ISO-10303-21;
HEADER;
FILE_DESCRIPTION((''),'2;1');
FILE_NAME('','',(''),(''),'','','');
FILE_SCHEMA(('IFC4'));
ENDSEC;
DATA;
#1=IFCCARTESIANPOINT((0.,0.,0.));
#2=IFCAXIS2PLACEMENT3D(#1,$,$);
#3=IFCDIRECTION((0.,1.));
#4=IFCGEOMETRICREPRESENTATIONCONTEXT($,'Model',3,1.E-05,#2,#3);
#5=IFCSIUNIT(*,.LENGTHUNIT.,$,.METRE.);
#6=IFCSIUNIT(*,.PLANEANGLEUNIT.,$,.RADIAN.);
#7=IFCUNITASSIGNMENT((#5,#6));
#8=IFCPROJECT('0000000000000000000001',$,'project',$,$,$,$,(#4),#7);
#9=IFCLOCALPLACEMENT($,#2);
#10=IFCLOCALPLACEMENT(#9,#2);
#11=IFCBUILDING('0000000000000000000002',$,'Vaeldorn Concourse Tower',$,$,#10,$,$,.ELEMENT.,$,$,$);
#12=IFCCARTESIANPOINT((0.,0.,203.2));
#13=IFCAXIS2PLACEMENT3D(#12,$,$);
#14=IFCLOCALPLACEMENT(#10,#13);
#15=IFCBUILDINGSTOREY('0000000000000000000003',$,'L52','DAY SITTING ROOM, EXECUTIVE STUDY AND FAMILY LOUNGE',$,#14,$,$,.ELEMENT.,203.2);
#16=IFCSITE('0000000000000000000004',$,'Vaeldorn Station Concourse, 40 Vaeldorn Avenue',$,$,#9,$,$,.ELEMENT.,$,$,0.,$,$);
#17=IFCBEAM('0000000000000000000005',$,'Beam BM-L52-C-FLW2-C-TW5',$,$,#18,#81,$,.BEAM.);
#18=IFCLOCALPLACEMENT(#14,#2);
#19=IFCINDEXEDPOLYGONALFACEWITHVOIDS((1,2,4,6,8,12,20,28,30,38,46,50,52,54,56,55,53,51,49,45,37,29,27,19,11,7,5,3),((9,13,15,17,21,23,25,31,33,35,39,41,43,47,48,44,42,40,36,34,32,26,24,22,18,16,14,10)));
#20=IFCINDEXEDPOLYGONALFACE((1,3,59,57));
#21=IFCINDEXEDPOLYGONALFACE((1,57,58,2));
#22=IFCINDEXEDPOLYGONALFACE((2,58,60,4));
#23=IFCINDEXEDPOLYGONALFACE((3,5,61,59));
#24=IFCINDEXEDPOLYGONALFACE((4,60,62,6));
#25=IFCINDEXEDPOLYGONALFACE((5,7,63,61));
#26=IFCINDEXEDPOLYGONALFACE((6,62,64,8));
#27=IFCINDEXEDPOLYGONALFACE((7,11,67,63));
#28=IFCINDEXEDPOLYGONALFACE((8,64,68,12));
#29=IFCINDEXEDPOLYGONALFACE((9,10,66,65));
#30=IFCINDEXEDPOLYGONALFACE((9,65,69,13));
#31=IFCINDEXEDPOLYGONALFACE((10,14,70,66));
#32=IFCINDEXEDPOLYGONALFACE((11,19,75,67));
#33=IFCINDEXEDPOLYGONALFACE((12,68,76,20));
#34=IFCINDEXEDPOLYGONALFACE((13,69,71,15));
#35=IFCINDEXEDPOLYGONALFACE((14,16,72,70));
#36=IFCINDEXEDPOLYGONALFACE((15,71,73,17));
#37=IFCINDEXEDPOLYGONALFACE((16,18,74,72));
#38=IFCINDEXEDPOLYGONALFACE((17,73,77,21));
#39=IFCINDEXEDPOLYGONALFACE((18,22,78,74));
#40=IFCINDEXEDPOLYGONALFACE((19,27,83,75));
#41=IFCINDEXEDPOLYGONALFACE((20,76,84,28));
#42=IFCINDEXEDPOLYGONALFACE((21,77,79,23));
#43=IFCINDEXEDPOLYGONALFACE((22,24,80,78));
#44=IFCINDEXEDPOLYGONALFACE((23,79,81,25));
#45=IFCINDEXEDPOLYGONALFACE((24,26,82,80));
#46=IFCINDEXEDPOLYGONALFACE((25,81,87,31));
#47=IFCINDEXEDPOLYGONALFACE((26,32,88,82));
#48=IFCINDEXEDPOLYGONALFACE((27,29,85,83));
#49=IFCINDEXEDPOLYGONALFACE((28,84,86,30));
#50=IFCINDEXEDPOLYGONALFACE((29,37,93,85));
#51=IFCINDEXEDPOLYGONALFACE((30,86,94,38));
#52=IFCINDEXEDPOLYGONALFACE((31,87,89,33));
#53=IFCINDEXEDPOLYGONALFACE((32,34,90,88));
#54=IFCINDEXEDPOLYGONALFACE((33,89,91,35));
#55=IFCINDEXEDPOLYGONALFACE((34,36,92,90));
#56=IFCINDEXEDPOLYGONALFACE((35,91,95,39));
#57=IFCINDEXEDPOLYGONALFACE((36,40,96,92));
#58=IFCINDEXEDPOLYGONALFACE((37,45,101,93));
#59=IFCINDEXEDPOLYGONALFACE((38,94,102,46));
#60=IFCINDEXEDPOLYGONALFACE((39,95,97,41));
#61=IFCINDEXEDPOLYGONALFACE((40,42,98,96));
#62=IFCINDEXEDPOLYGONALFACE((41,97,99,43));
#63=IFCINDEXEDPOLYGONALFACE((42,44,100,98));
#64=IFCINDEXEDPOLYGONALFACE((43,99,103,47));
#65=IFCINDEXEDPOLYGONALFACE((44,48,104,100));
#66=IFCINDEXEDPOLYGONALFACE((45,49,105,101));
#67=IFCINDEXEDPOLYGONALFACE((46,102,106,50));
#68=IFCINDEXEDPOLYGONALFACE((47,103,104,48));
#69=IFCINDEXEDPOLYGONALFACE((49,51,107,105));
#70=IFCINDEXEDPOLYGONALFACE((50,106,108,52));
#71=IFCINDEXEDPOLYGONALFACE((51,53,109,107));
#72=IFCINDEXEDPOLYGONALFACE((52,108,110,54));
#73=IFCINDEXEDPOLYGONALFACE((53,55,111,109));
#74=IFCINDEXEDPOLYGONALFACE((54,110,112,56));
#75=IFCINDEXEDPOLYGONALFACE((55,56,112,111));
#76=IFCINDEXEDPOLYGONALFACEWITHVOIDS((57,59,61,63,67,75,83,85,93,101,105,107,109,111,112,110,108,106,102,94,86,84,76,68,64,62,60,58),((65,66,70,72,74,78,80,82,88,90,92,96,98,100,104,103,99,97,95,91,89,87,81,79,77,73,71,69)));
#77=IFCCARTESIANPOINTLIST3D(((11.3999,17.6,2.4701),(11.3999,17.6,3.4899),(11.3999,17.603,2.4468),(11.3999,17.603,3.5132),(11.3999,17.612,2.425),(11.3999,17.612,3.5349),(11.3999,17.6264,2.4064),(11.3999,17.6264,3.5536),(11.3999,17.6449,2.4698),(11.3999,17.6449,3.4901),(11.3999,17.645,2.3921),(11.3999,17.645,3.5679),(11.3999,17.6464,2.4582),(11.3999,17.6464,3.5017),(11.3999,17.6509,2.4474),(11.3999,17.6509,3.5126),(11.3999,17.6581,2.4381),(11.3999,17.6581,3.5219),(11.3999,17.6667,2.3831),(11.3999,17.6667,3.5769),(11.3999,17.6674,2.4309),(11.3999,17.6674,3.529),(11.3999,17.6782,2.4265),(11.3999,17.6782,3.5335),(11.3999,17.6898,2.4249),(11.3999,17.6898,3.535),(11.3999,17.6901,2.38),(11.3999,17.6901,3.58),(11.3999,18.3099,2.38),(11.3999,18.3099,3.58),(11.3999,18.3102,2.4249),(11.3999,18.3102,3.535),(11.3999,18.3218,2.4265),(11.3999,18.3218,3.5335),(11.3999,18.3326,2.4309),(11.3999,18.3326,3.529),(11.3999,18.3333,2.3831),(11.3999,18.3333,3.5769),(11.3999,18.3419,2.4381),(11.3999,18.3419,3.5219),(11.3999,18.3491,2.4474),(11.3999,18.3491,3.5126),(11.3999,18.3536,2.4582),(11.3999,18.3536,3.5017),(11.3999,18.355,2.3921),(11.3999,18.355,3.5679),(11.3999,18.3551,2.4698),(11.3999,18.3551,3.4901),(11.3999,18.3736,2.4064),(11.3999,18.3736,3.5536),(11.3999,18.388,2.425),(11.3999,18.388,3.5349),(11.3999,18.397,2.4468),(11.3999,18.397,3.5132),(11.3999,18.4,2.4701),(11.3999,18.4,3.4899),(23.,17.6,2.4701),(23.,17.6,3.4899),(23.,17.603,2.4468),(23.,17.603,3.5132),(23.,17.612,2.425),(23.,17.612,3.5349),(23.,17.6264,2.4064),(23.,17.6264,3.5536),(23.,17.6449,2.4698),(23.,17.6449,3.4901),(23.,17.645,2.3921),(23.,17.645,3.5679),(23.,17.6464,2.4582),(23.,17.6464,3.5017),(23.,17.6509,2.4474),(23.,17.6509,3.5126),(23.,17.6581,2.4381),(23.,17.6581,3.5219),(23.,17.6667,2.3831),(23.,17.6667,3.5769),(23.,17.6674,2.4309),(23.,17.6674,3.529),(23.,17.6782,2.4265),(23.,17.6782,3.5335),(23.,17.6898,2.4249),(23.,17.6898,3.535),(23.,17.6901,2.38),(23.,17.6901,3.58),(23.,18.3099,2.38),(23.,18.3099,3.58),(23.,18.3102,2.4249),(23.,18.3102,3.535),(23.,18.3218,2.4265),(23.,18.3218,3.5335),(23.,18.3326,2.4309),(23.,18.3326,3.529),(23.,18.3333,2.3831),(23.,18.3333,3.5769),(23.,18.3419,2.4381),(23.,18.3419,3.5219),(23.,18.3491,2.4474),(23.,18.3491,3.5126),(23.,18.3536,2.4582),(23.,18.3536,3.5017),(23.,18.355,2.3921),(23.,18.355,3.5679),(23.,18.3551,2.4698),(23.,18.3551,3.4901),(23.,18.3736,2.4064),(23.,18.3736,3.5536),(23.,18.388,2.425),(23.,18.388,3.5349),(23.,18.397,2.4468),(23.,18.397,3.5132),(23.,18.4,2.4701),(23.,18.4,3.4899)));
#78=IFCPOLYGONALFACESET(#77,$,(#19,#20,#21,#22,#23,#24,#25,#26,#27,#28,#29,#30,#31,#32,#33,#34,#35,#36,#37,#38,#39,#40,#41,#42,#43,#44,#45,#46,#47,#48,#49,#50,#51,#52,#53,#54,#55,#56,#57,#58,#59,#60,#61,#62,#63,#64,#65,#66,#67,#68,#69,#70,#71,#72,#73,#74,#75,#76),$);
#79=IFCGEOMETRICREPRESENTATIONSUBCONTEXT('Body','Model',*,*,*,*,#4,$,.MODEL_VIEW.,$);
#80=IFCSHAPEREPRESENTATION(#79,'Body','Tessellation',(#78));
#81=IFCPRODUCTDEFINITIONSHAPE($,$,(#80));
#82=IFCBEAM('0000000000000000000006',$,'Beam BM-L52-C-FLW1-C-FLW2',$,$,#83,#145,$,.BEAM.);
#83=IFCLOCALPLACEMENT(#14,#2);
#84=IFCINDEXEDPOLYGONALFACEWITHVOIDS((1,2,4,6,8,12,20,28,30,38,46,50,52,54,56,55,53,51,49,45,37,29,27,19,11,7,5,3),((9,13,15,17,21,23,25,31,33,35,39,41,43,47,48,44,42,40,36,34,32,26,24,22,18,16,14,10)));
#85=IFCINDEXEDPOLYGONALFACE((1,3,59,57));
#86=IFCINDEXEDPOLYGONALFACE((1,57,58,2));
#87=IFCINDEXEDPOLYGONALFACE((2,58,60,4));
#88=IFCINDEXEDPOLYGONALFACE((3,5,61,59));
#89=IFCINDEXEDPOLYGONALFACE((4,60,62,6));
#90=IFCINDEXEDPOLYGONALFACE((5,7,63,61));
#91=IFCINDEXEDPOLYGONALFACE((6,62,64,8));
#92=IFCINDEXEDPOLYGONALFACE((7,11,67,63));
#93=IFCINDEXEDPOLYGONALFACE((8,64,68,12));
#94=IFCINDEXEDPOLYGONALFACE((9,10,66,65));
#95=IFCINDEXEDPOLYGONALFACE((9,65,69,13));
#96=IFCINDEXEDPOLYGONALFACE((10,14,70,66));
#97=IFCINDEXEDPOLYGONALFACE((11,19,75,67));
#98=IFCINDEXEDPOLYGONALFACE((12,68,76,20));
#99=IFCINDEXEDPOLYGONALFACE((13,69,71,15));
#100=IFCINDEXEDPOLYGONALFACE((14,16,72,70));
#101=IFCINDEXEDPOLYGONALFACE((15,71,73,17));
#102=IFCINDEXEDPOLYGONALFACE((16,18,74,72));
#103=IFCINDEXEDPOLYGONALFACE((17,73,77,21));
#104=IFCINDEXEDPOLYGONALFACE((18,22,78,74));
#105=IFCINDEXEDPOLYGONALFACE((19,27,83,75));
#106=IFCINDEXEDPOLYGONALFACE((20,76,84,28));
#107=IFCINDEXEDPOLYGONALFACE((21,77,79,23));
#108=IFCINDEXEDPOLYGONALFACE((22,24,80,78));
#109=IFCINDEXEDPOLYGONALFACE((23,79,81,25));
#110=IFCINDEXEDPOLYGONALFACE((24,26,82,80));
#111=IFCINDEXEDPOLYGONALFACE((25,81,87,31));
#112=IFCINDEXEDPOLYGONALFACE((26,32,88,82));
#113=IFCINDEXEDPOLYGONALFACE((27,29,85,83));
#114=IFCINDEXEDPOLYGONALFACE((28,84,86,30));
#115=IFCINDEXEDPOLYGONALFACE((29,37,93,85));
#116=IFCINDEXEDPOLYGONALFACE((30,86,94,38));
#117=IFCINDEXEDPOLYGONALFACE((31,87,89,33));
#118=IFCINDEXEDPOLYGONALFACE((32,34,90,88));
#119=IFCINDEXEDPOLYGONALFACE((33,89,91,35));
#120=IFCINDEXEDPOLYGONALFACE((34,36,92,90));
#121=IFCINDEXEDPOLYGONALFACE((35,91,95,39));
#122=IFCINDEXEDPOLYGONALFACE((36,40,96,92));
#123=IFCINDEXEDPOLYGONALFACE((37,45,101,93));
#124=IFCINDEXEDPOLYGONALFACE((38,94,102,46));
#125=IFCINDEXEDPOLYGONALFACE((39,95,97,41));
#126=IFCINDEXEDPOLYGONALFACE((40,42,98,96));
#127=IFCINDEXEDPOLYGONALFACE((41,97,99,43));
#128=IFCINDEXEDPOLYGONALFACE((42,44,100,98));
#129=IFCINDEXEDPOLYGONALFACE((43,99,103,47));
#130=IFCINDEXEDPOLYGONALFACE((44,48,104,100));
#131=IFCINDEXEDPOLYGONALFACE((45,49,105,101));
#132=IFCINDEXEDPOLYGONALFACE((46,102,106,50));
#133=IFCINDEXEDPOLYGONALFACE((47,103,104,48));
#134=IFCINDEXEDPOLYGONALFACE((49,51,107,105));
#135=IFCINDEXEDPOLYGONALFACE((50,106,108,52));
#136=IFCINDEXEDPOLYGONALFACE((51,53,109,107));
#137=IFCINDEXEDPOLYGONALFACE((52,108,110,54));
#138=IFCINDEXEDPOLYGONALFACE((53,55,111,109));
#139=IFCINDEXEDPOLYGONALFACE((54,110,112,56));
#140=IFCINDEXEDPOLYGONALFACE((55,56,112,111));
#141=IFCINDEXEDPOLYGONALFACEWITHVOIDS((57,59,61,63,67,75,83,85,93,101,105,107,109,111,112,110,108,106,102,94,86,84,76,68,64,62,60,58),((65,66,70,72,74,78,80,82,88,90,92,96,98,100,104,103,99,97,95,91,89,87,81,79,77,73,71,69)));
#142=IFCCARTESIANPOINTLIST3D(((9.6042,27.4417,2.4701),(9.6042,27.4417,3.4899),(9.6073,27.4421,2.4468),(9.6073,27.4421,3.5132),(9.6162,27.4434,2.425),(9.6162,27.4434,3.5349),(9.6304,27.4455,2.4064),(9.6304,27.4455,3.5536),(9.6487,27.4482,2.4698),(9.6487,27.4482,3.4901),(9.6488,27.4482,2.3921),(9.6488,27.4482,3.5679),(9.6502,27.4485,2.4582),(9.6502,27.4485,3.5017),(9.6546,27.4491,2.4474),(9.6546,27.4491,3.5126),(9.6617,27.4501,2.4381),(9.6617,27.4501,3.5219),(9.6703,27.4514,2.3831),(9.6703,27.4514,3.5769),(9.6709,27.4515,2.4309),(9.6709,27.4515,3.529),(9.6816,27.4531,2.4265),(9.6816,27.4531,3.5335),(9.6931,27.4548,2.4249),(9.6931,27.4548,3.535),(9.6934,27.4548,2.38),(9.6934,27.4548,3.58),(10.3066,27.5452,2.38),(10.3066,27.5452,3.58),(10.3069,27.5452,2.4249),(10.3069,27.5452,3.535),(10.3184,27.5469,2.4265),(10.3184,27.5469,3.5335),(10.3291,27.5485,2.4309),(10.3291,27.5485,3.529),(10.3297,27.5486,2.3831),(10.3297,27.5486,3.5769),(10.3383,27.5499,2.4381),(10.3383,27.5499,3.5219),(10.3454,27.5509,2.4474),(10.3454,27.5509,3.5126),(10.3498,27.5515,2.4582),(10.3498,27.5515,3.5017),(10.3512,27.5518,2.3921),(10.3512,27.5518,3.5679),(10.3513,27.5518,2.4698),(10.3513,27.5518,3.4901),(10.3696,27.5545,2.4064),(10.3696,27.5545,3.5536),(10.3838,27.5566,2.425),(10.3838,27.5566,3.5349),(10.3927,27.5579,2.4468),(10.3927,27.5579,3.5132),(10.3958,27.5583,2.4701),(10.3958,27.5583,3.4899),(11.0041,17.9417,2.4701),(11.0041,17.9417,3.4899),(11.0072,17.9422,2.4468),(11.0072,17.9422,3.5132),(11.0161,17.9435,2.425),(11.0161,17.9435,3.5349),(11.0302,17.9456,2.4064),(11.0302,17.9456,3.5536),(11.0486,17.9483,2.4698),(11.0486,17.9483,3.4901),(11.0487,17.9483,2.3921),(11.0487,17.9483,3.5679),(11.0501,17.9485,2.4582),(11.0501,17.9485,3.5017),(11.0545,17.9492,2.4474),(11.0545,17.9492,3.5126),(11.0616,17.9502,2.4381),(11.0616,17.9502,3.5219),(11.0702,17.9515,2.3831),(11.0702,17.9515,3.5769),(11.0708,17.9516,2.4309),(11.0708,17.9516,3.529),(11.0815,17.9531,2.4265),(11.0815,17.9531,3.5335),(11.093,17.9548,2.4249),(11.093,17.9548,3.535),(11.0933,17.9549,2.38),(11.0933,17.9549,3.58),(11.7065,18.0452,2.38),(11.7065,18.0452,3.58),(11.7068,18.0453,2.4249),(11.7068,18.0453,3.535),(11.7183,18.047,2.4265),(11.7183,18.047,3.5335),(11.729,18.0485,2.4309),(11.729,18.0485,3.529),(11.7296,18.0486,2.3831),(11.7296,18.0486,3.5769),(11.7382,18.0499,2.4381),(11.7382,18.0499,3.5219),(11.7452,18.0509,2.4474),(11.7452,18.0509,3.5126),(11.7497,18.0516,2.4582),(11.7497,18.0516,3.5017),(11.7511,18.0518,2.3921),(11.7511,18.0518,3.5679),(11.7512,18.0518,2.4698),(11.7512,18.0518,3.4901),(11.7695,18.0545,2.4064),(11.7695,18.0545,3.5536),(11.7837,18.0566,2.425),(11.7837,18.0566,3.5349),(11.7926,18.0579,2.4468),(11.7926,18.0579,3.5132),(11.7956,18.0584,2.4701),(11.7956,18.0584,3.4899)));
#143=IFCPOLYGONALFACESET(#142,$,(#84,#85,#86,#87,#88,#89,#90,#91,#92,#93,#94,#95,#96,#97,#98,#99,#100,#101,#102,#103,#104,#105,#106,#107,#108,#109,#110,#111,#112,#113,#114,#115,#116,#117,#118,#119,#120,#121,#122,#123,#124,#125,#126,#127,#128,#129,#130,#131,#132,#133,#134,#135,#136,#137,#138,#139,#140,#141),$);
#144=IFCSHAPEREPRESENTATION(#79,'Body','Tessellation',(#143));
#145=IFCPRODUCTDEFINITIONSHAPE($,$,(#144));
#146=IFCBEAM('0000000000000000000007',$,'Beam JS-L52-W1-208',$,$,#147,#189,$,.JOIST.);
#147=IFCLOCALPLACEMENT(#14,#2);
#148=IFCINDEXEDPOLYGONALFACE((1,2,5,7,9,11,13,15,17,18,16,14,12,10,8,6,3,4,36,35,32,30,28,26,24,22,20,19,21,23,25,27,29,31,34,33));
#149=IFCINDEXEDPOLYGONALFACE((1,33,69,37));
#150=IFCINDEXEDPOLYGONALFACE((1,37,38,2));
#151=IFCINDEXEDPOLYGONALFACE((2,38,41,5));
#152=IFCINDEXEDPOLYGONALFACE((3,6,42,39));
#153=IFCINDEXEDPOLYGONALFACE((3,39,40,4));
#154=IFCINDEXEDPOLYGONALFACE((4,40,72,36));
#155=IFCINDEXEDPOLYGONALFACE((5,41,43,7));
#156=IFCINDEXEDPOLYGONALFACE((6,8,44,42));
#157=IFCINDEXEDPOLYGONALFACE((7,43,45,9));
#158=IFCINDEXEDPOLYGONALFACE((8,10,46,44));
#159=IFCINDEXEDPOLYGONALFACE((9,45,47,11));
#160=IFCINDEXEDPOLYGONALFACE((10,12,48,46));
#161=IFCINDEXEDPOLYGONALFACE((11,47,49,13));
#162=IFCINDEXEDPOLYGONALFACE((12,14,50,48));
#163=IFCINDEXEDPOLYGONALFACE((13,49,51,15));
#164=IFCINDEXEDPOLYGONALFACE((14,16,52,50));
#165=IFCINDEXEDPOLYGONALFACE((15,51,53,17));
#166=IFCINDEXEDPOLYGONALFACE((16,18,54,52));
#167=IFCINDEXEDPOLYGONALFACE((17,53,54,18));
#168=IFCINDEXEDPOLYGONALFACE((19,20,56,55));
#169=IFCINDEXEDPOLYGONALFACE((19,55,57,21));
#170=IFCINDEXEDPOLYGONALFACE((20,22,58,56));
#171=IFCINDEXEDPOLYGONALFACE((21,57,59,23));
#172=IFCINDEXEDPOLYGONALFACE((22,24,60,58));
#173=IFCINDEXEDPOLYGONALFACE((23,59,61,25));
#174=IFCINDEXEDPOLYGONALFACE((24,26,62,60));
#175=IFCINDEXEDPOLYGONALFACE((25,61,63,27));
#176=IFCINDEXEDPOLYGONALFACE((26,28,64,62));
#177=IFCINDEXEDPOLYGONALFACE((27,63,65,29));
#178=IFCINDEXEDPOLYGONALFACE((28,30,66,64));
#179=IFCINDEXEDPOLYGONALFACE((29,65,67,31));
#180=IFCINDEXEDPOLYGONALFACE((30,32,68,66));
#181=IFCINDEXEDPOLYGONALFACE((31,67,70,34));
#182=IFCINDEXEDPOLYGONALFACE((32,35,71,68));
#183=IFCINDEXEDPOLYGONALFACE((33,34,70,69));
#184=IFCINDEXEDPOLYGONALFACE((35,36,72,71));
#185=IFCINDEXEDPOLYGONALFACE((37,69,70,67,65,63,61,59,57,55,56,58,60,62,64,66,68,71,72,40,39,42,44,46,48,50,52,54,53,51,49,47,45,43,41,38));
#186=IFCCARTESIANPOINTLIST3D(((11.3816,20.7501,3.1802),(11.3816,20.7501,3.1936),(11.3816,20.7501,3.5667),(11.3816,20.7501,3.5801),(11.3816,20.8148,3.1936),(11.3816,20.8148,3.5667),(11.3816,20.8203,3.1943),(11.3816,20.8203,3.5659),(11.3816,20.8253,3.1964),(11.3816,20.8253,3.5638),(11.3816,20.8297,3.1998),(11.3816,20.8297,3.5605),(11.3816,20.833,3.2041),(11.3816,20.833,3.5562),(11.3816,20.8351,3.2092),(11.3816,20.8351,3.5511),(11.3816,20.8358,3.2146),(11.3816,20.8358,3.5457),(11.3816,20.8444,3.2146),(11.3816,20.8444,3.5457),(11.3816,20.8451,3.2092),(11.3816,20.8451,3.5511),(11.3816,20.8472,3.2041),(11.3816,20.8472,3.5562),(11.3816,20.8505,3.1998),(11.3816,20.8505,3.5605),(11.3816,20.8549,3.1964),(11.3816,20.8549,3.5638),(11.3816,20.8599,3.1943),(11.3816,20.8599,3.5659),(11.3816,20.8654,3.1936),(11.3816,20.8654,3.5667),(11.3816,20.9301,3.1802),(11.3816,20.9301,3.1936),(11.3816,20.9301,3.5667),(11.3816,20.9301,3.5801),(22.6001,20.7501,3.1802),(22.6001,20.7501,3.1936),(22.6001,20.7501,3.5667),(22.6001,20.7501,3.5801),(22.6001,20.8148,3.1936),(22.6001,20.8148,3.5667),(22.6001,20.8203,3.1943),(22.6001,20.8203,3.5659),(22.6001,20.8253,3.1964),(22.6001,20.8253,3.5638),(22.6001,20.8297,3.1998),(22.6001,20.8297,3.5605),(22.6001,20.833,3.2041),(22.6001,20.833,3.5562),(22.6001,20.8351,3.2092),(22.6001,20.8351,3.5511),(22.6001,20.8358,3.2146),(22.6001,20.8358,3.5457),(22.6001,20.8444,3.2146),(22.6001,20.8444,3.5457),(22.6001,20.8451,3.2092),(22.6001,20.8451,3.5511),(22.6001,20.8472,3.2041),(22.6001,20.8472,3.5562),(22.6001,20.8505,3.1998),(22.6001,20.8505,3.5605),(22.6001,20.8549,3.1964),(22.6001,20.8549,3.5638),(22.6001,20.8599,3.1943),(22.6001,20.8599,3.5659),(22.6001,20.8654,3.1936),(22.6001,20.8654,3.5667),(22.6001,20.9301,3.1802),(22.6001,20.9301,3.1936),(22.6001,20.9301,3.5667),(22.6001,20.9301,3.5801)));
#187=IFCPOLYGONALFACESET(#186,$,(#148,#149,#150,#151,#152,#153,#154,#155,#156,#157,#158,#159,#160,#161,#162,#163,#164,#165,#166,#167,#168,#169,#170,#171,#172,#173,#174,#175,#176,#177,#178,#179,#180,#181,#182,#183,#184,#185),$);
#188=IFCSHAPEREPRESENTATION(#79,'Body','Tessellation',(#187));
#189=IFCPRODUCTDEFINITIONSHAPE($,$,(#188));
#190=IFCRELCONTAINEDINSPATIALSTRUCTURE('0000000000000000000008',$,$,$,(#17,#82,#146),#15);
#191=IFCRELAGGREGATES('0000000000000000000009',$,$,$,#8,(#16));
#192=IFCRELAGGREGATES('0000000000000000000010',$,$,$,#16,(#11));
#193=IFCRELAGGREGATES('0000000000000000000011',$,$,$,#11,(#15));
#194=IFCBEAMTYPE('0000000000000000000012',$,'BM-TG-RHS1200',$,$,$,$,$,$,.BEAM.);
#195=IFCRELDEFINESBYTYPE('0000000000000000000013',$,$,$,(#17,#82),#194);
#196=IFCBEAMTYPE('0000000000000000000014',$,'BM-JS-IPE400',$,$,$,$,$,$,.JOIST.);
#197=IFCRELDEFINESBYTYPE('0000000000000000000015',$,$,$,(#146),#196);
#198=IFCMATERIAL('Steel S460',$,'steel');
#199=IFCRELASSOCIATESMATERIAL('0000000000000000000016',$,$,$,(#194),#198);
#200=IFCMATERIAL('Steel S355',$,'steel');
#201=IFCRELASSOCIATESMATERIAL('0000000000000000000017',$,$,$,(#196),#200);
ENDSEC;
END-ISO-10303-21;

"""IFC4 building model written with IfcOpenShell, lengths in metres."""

from ifc_helpers import new_model, si_unit, direction, frame, origin, origin_2d, place, context, subcontext, project, spatial, hollow_rectangle, i_section, extrude, source, transform, mapped, material, material_profile, profile_set, type_object, element, save


model = new_model("IFC4")

# Units and contexts
model_context = context("Model", 3, precision=1e-05, world=origin(), true_north=direction((0.0, 1.0)))
body_context = subcontext(model_context, "Body", "Model", "MODEL_VIEW")
ifc_project = project(units=[si_unit("LENGTHUNIT", "METRE"), si_unit("PLANEANGLEUNIT", "RADIAN")], contexts=[model_context])

# Site, building, storey
site_placement = place(None, origin())
site = spatial("IfcSite", under=ifc_project, at=site_placement, Name="Vaeldorn Station Concourse, 40 Vaeldorn Avenue", CompositionType="ELEMENT", RefElevation=0.0)
building_placement = place(site_placement, origin())
building = spatial("IfcBuilding", under=site, at=building_placement, Name="Vaeldorn Concourse Tower", CompositionType="ELEMENT")
storey_placement = place(building_placement, frame((0.0, 0.0, 203.2)))
storey = spatial("IfcBuildingStorey", under=building, at=storey_placement, Name="L52", Description="DAY SITTING ROOM, EXECUTIVE STUDY AND FAMILY LOUNGE", CompositionType="ELEMENT", Elevation=203.2)

# Shared definitions
ifc_material_1 = material(Name="Steel S355", Category="steel")

# Beams
ifc_material_2 = material(Name="Steel S460", Category="steel")
ifc_material_profile_1 = material_profile(ifc_material_2, hollow_rectangle(XDim=0.8, YDim=1.2, WallThickness=0.0449, InnerFilletRadius=0.0449, OuterFilletRadius=0.0901, at=origin_2d()), Name="RHS 1200x800x45")
ifc_profile_set_1 = profile_set([ifc_material_profile_1], Name="Steel S460")
beam_type_1 = type_object("IfcBeamType", Name="BM-TG-RHS1200", PredefinedType="BEAM", material=ifc_profile_set_1)
shared_shape_1 = source(origin(), body_context, "Body", "SweptSolid", [
    extrude(hollow_rectangle(XDim=0.8, YDim=1.2, WallThickness=0.0449, InnerFilletRadius=0.0449, OuterFilletRadius=0.0901, at=origin_2d()), origin(), (0.0, 0.0, 1.0), 11.6001),
])
beam_1_placement = place(storey_placement, frame((11.3999, 18.0, 2.98), z_axis=(1.0, 0.0, 0.0), x_axis=(0.0, 1.0, 0.0)))
element("IfcBeam", 1, at=beam_1_placement, inside=storey, type_object=beam_type_1, Name="Beam BM-L52-C-FLW2-C-TW5", PredefinedType="BEAM", context=body_context, shape_type="MappedRepresentation", body=[
    mapped(shared_shape_1, transform((0.0, 0.0, 0.0), scale=1.0)),
])
shared_shape_2 = source(origin(), body_context, "Body", "SweptSolid", [
    extrude(hollow_rectangle(XDim=0.8, YDim=1.2, WallThickness=0.0449, InnerFilletRadius=0.0449, OuterFilletRadius=0.0901, at=origin_2d()), origin(), (0.0, 0.0, 1.0), 9.6025),
])
beam_2_placement = place(storey_placement, frame((10.0, 27.5, 2.98), z_axis=(0.145784, -0.989316, 0.0), x_axis=(0.989316, 0.145784, 0.0)))
element("IfcBeam", 2, at=beam_2_placement, inside=storey, type_object=beam_type_1, Name="Beam BM-L52-C-FLW1-C-FLW2", PredefinedType="BEAM", context=body_context, shape_type="MappedRepresentation", body=[
    mapped(shared_shape_2, transform((0.0, 0.0, 0.0), scale=1.0)),
])
ifc_material_profile_2 = material_profile(ifc_material_1, i_section(OverallWidth=0.1799, OverallDepth=0.3999, WebThickness=0.0085, FlangeThickness=0.0134, FilletRadius=0.021, at=origin_2d()), Name="IPE 400")
ifc_profile_set_2 = profile_set([ifc_material_profile_2], Name="Steel S355")
beam_type_2 = type_object("IfcBeamType", Name="BM-JS-IPE400", PredefinedType="JOIST", material=ifc_profile_set_2)
shared_shape_3 = source(origin(), body_context, "Body", "SweptSolid", [
    extrude(i_section(OverallWidth=0.1799, OverallDepth=0.3999, WebThickness=0.0085, FlangeThickness=0.0134, FilletRadius=0.021, at=origin_2d()), origin(), (0.0, 0.0, 1.0), 11.2185),
])
beam_3_placement = place(storey_placement, frame((11.3816, 20.8401, 3.3801), z_axis=(1.0, 0.0, 0.0), x_axis=(0.0, 1.0, 0.0)))
element("IfcBeam", 3, at=beam_3_placement, inside=storey, type_object=beam_type_2, Name="Beam JS-L52-W1-208", PredefinedType="JOIST", context=body_context, shape_type="MappedRepresentation", body=[
    mapped(shared_shape_3, transform((0.0, 0.0, 0.0), scale=1.0)),
])

save(model, "model.ifc")
